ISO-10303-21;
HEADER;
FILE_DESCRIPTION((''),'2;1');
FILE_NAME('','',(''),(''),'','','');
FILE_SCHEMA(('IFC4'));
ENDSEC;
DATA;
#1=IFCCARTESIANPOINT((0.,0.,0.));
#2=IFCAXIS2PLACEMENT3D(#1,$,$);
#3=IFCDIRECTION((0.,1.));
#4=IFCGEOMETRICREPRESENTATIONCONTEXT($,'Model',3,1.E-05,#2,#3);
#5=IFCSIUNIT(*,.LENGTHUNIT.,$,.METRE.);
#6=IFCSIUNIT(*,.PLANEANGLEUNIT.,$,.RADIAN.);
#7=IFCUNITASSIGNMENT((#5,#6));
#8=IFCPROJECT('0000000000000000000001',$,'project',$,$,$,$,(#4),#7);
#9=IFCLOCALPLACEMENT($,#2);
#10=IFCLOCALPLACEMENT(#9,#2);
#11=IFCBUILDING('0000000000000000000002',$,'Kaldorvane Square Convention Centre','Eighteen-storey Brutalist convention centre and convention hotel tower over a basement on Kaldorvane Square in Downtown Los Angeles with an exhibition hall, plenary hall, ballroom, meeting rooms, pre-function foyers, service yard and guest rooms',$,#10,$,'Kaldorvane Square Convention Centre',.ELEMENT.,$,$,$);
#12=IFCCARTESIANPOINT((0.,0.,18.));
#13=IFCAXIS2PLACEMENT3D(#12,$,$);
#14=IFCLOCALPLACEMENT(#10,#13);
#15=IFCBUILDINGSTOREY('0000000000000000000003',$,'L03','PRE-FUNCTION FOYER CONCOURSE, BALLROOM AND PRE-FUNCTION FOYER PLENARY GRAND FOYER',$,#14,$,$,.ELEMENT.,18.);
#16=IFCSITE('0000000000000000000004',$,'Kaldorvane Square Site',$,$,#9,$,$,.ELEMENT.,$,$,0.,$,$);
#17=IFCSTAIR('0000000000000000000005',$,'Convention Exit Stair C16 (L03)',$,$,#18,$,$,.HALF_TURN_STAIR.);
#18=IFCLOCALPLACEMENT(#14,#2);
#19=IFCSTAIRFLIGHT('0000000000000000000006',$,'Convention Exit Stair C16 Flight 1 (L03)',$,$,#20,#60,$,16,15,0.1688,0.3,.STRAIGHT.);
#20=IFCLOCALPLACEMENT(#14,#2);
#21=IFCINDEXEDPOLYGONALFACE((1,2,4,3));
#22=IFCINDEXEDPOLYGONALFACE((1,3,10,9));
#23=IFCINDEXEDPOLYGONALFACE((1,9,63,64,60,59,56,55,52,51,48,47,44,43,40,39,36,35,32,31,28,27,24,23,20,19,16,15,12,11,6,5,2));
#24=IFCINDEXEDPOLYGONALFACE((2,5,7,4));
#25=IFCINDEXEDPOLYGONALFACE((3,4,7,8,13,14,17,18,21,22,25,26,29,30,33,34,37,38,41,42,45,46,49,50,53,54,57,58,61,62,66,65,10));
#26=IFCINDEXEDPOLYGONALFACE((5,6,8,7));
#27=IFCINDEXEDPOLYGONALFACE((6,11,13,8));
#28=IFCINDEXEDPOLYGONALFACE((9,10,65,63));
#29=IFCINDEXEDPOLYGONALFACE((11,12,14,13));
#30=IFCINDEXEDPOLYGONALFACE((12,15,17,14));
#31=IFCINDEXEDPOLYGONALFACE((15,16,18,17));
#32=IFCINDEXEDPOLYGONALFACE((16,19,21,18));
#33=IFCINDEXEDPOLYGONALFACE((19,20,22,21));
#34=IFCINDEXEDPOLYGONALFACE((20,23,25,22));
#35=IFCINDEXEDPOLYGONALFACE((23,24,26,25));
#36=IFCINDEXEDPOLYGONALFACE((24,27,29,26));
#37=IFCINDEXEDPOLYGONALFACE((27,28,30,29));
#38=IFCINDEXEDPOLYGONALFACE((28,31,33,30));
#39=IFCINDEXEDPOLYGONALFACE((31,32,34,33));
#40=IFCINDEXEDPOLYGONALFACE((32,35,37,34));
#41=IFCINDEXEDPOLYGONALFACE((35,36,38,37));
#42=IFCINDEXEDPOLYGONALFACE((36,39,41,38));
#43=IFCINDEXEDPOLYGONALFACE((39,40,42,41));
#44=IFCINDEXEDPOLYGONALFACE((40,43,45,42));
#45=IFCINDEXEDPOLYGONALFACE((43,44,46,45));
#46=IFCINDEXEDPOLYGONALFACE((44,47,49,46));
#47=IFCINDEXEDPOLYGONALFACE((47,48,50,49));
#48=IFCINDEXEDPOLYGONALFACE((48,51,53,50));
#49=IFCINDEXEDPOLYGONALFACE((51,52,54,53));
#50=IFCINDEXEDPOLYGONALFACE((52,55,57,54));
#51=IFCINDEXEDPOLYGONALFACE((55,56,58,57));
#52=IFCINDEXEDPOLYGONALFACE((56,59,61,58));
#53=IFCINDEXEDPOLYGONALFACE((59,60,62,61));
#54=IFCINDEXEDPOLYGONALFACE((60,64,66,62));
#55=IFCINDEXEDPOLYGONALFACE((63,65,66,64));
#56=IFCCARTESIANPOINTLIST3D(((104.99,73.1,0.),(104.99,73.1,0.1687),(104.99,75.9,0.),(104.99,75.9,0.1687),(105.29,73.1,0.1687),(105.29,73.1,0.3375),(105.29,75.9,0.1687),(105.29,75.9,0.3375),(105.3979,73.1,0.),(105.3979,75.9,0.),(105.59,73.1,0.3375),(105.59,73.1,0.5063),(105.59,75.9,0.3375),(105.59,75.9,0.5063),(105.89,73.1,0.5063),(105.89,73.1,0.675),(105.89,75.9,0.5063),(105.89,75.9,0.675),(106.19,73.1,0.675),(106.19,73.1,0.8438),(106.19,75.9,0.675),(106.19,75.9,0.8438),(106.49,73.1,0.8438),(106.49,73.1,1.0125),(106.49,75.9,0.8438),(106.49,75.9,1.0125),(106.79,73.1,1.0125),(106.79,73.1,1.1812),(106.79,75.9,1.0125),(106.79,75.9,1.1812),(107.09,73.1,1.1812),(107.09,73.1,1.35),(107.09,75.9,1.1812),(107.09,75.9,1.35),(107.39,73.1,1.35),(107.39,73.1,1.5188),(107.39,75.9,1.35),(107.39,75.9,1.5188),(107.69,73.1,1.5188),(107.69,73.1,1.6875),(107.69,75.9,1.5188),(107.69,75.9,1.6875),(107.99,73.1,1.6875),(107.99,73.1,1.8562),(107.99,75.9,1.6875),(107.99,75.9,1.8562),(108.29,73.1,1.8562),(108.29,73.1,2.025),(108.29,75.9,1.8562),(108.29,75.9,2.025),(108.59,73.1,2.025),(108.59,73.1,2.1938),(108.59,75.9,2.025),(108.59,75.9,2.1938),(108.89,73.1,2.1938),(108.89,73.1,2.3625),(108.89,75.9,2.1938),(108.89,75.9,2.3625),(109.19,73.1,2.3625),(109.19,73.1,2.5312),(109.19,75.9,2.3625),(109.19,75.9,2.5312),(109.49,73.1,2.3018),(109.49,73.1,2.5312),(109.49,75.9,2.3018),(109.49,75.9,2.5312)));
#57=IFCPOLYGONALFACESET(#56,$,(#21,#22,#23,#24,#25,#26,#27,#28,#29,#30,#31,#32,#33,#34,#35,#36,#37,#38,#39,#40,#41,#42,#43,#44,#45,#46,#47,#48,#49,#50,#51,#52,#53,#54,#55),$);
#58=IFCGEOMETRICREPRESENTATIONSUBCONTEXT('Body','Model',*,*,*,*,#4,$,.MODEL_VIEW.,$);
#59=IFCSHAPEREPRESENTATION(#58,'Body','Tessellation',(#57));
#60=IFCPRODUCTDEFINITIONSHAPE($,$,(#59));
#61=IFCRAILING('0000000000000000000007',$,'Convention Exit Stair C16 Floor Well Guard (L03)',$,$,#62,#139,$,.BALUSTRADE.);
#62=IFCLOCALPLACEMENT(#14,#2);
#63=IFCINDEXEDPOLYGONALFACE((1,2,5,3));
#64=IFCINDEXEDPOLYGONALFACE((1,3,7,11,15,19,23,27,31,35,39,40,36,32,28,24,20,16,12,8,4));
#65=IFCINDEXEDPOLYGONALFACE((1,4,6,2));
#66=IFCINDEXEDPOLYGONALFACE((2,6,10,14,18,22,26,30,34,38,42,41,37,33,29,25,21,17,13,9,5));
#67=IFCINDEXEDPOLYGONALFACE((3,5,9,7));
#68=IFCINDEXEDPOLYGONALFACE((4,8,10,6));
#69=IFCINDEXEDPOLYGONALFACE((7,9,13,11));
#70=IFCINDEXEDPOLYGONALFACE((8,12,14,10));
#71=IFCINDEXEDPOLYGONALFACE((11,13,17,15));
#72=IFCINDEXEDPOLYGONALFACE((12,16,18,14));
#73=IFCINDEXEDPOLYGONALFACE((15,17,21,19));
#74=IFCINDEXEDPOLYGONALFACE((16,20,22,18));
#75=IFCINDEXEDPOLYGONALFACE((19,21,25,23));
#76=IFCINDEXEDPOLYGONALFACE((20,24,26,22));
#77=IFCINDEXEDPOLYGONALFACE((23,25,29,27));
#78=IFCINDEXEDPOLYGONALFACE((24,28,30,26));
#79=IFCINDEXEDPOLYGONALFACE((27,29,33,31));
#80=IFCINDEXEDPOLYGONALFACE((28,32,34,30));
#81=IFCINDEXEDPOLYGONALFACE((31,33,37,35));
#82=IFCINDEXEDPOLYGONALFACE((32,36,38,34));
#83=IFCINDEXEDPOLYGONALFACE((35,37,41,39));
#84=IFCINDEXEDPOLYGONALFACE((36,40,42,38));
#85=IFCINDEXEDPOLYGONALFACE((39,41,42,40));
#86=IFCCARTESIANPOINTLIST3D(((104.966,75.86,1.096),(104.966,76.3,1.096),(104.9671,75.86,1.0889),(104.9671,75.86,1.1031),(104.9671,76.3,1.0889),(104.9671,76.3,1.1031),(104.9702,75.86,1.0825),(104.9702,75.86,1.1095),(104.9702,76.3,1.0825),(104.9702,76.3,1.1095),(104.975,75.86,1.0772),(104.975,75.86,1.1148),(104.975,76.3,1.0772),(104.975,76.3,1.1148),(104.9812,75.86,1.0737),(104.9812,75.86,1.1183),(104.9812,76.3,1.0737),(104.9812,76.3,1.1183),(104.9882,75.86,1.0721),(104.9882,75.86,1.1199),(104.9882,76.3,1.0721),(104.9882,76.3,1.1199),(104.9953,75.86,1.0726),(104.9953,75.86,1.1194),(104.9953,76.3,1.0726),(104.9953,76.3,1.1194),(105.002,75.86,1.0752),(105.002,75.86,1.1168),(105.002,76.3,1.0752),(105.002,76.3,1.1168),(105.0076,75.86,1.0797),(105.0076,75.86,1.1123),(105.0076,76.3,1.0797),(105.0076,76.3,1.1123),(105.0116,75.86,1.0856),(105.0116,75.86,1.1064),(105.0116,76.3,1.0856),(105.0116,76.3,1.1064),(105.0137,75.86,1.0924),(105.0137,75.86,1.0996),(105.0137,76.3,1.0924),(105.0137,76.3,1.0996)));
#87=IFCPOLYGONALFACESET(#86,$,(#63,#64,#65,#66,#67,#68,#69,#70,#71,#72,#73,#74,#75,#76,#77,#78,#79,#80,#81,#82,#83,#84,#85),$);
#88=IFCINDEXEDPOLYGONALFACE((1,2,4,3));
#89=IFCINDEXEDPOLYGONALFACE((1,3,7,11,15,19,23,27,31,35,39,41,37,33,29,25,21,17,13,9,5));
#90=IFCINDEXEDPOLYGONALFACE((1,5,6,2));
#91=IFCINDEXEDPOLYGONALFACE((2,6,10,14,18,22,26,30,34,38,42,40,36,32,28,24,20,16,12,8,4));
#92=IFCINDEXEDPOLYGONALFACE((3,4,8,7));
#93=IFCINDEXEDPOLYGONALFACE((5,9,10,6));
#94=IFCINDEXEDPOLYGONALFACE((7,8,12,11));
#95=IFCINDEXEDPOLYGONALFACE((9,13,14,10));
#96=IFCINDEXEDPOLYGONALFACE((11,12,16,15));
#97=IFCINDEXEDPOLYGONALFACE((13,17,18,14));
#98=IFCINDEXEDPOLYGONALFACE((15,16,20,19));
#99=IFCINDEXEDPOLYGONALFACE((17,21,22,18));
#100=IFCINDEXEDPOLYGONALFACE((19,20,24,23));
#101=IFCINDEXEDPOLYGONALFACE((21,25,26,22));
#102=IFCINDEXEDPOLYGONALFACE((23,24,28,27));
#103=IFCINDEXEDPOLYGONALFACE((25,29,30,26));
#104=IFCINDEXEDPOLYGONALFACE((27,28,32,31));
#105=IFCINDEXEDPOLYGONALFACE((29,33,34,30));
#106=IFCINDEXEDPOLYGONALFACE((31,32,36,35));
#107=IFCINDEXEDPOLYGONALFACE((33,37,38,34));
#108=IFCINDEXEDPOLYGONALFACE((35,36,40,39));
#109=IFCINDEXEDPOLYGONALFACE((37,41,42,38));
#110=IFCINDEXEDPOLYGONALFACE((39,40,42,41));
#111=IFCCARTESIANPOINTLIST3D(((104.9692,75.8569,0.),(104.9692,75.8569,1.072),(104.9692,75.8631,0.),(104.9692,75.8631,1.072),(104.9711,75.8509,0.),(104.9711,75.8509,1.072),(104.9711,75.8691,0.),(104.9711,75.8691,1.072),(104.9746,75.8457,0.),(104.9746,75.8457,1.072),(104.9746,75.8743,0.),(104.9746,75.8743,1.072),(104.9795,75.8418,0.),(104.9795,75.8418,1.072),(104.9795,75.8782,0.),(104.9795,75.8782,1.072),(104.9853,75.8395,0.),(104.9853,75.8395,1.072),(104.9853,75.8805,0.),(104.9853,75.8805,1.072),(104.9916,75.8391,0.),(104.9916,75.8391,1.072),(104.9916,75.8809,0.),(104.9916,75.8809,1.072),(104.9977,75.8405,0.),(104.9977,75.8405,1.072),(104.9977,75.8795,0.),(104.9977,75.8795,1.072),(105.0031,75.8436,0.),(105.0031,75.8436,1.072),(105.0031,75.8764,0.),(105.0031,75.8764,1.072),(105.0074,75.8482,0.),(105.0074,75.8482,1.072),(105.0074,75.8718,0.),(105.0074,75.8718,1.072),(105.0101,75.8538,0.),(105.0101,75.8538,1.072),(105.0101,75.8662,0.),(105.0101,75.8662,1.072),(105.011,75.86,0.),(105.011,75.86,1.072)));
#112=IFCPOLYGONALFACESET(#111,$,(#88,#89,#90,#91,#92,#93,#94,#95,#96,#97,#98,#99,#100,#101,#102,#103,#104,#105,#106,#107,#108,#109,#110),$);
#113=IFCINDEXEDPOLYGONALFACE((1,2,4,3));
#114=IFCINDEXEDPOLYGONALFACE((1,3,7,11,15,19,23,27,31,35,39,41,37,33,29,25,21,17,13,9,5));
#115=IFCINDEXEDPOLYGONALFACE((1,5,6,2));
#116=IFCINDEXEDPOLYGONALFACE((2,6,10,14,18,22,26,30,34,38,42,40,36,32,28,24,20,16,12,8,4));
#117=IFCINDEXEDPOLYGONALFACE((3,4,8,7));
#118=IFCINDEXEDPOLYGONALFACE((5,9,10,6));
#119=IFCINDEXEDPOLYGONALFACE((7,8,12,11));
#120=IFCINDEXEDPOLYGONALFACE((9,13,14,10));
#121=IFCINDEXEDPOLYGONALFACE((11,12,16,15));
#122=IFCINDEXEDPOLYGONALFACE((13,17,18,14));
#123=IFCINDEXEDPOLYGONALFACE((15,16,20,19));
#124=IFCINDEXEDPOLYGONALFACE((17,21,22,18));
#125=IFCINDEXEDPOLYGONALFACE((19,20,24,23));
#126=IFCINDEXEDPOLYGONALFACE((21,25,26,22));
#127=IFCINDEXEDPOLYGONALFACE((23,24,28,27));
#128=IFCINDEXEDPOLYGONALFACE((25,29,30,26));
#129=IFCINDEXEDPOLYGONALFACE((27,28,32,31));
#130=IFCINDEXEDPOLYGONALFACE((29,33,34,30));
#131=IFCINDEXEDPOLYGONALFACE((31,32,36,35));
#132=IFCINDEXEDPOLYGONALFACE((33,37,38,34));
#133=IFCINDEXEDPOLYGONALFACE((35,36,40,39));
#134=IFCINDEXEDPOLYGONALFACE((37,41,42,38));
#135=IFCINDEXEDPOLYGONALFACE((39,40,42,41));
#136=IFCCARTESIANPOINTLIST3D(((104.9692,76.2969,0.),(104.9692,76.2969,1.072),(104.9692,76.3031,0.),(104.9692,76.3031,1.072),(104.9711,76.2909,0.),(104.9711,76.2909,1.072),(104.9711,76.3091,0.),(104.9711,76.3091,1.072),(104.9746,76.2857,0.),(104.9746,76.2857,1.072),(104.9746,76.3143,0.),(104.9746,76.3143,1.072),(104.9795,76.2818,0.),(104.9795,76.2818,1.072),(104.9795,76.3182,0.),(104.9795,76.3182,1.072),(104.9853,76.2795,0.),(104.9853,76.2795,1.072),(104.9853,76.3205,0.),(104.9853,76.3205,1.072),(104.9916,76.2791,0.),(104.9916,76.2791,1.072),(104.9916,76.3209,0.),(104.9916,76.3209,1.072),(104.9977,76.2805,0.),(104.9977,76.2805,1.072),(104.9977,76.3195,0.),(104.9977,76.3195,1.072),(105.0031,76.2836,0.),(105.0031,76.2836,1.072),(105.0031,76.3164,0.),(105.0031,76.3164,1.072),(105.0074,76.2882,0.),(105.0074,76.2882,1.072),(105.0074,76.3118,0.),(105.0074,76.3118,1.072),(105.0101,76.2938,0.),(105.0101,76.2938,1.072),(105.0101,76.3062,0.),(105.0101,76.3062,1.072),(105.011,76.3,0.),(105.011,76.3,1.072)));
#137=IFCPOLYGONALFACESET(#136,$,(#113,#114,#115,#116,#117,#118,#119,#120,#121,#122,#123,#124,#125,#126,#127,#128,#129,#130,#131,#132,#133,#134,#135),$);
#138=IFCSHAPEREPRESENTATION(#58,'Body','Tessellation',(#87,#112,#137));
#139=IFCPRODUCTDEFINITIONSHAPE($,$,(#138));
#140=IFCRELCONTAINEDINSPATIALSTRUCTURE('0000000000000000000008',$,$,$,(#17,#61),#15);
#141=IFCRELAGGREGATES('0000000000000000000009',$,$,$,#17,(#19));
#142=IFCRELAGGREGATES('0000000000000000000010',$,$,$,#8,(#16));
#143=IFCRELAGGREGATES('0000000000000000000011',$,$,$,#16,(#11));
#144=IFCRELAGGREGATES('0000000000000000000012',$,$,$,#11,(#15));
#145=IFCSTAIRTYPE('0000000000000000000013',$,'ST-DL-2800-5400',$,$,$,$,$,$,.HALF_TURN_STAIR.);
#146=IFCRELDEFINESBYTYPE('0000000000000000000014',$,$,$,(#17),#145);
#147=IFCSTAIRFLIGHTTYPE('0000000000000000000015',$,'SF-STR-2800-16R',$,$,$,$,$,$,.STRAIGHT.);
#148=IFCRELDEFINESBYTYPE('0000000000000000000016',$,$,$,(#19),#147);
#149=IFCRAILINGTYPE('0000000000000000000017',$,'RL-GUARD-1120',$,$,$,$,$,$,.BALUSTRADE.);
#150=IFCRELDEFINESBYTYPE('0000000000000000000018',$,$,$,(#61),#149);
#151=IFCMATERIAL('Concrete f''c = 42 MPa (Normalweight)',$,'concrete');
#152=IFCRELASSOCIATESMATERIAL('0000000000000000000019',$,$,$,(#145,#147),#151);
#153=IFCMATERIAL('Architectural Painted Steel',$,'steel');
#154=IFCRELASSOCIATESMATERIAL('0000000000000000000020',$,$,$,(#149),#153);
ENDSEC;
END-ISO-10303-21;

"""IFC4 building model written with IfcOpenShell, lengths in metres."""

from ifc_helpers import new_model, si_unit, direction, frame, origin, origin_2d, place, context, subcontext, project, spatial, polyline, circle, outline, extrude, material, type_object, element, aggregate, save


model = new_model("IFC4")

# Units and contexts
model_context = context("Model", 3, precision=1e-05, world=origin(), true_north=direction((0.0, 1.0)))
body_context = subcontext(model_context, "Body", "Model", "MODEL_VIEW")
ifc_project = project(units=[si_unit("LENGTHUNIT", "METRE"), si_unit("PLANEANGLEUNIT", "RADIAN")], contexts=[model_context])

# Site, building, storey
site_placement = place(None, origin())
site = spatial("IfcSite", under=ifc_project, at=site_placement, Name="Kaldorvane Square Site", CompositionType="ELEMENT", RefElevation=0.0)
building_placement = place(site_placement, origin())
building = spatial("IfcBuilding", under=site, at=building_placement, Name="Kaldorvane Square Convention Centre", Description="Eighteen-storey Brutalist convention centre and convention hotel tower over a basement on Kaldorvane Square in Downtown Los Angeles with an exhibition hall, plenary hall, ballroom, meeting rooms, pre-function foyers, service yard and guest rooms", LongName="Kaldorvane Square Convention Centre", CompositionType="ELEMENT")
storey_placement = place(building_placement, frame((0.0, 0.0, 18.0)))
storey = spatial("IfcBuildingStorey", under=building, at=storey_placement, Name="L03", Description="PRE-FUNCTION FOYER CONCOURSE, BALLROOM AND PRE-FUNCTION FOYER PLENARY GRAND FOYER", CompositionType="ELEMENT", Elevation=18.0)

# Stair, stair flight
ifc_material_1 = material(Name="Concrete f'c = 42 MPa (Normalweight)", Category="concrete")
stair_type = type_object("IfcStairType", Name="ST-DL-2800-5400", PredefinedType="HALF_TURN_STAIR", material=ifc_material_1)
stair_placement = place(storey_placement, origin())
stair = element("IfcStair", 1, at=stair_placement, inside=storey, type_object=stair_type, Name="Convention Exit Stair C16 (L03)", PredefinedType="HALF_TURN_STAIR")
stair_flight_type = type_object("IfcStairFlightType", Name="SF-STR-2800-16R", PredefinedType="STRAIGHT", material=ifc_material_1)
stair_flight_placement = place(storey_placement, frame((104.99, 74.5, 0.0), z_axis=(0.0, 0.0, 1.0), x_axis=(1.0, 0.0, 0.0)))
stair_flight = element("IfcStairFlight", 2, at=stair_flight_placement, type_object=stair_flight_type, Name="Convention Exit Stair C16 Flight 1 (L03)", NumberOfRisers=16, NumberOfTreads=15, PredefinedType="STRAIGHT", RiserHeight=0.1688, TreadLength=0.3, context=body_context, shape_type="SweptSolid", body=[
    extrude(outline(polyline([(0.0, 0.0), (0.0, 0.1687), (0.3, 0.1687), (0.3, 0.3375), (0.6, 0.3375), (0.6, 0.5063), (0.9, 0.5063), (0.9, 0.675), (1.2, 0.675), (1.2, 0.8438), (1.5, 0.8438), (1.5, 1.0125), (1.8, 1.0125), (1.8, 1.1812), (2.1, 1.1812), (2.1, 1.35), (2.4, 1.35), (2.4, 1.5188), (2.7, 1.5188), (2.7, 1.6875), (3.0, 1.6875), (3.0, 1.8562), (3.3, 1.8562), (3.3, 2.025), (3.6, 2.025), (3.6, 2.1938), (3.9, 2.1938), (3.9, 2.3625), (4.2, 2.3625), (4.2, 2.5312), (4.5, 2.5312), (4.5, 2.7), (4.5, 2.3018), (0.4079, 0.0), (0.0, 0.0)])), frame((0.0, 1.4, 0.0), z_axis=(0.0, -1.0, 0.0), x_axis=(1.0, 0.0, 0.0)), (0.0, 0.0, 1.0), 2.8),
])
aggregate(stair, [stair_flight])

# Railing
ifc_material_2 = material(Name="Architectural Painted Steel", Category="steel")
railing_type_1 = type_object("IfcRailingType", Name="RL-GUARD-1120", PredefinedType="BALUSTRADE", material=ifc_material_2)
for number, where, name in (
    (3, (104.99, 75.86, 0.0), "Convention Exit Stair C16 Floor Well Guard (L03)"),
):
    element("IfcRailing", number, at=place(storey_placement, frame(where)), inside=storey, type_object=railing_type_1, Name=name, PredefinedType="BALUSTRADE", context=body_context, shape_type="SweptSolid", body=[
        extrude(circle(Radius=0.024, at=origin_2d()), frame((0.0, 0.0, 1.096), z_axis=(0.0, 1.0, 0.0), x_axis=(-1.0, 0.0, 0.0)), (0.0, 0.0, 1.0), 0.44),
        extrude(circle(Radius=0.021, at=origin_2d()), origin(), (0.0, 0.0, 1.0), 1.072),
        extrude(circle(Radius=0.021, at=origin_2d()), frame((0.0, 0.44, 0.0)), (0.0, 0.0, 1.0), 1.072),
    ])

save(model, "model.ifc")
